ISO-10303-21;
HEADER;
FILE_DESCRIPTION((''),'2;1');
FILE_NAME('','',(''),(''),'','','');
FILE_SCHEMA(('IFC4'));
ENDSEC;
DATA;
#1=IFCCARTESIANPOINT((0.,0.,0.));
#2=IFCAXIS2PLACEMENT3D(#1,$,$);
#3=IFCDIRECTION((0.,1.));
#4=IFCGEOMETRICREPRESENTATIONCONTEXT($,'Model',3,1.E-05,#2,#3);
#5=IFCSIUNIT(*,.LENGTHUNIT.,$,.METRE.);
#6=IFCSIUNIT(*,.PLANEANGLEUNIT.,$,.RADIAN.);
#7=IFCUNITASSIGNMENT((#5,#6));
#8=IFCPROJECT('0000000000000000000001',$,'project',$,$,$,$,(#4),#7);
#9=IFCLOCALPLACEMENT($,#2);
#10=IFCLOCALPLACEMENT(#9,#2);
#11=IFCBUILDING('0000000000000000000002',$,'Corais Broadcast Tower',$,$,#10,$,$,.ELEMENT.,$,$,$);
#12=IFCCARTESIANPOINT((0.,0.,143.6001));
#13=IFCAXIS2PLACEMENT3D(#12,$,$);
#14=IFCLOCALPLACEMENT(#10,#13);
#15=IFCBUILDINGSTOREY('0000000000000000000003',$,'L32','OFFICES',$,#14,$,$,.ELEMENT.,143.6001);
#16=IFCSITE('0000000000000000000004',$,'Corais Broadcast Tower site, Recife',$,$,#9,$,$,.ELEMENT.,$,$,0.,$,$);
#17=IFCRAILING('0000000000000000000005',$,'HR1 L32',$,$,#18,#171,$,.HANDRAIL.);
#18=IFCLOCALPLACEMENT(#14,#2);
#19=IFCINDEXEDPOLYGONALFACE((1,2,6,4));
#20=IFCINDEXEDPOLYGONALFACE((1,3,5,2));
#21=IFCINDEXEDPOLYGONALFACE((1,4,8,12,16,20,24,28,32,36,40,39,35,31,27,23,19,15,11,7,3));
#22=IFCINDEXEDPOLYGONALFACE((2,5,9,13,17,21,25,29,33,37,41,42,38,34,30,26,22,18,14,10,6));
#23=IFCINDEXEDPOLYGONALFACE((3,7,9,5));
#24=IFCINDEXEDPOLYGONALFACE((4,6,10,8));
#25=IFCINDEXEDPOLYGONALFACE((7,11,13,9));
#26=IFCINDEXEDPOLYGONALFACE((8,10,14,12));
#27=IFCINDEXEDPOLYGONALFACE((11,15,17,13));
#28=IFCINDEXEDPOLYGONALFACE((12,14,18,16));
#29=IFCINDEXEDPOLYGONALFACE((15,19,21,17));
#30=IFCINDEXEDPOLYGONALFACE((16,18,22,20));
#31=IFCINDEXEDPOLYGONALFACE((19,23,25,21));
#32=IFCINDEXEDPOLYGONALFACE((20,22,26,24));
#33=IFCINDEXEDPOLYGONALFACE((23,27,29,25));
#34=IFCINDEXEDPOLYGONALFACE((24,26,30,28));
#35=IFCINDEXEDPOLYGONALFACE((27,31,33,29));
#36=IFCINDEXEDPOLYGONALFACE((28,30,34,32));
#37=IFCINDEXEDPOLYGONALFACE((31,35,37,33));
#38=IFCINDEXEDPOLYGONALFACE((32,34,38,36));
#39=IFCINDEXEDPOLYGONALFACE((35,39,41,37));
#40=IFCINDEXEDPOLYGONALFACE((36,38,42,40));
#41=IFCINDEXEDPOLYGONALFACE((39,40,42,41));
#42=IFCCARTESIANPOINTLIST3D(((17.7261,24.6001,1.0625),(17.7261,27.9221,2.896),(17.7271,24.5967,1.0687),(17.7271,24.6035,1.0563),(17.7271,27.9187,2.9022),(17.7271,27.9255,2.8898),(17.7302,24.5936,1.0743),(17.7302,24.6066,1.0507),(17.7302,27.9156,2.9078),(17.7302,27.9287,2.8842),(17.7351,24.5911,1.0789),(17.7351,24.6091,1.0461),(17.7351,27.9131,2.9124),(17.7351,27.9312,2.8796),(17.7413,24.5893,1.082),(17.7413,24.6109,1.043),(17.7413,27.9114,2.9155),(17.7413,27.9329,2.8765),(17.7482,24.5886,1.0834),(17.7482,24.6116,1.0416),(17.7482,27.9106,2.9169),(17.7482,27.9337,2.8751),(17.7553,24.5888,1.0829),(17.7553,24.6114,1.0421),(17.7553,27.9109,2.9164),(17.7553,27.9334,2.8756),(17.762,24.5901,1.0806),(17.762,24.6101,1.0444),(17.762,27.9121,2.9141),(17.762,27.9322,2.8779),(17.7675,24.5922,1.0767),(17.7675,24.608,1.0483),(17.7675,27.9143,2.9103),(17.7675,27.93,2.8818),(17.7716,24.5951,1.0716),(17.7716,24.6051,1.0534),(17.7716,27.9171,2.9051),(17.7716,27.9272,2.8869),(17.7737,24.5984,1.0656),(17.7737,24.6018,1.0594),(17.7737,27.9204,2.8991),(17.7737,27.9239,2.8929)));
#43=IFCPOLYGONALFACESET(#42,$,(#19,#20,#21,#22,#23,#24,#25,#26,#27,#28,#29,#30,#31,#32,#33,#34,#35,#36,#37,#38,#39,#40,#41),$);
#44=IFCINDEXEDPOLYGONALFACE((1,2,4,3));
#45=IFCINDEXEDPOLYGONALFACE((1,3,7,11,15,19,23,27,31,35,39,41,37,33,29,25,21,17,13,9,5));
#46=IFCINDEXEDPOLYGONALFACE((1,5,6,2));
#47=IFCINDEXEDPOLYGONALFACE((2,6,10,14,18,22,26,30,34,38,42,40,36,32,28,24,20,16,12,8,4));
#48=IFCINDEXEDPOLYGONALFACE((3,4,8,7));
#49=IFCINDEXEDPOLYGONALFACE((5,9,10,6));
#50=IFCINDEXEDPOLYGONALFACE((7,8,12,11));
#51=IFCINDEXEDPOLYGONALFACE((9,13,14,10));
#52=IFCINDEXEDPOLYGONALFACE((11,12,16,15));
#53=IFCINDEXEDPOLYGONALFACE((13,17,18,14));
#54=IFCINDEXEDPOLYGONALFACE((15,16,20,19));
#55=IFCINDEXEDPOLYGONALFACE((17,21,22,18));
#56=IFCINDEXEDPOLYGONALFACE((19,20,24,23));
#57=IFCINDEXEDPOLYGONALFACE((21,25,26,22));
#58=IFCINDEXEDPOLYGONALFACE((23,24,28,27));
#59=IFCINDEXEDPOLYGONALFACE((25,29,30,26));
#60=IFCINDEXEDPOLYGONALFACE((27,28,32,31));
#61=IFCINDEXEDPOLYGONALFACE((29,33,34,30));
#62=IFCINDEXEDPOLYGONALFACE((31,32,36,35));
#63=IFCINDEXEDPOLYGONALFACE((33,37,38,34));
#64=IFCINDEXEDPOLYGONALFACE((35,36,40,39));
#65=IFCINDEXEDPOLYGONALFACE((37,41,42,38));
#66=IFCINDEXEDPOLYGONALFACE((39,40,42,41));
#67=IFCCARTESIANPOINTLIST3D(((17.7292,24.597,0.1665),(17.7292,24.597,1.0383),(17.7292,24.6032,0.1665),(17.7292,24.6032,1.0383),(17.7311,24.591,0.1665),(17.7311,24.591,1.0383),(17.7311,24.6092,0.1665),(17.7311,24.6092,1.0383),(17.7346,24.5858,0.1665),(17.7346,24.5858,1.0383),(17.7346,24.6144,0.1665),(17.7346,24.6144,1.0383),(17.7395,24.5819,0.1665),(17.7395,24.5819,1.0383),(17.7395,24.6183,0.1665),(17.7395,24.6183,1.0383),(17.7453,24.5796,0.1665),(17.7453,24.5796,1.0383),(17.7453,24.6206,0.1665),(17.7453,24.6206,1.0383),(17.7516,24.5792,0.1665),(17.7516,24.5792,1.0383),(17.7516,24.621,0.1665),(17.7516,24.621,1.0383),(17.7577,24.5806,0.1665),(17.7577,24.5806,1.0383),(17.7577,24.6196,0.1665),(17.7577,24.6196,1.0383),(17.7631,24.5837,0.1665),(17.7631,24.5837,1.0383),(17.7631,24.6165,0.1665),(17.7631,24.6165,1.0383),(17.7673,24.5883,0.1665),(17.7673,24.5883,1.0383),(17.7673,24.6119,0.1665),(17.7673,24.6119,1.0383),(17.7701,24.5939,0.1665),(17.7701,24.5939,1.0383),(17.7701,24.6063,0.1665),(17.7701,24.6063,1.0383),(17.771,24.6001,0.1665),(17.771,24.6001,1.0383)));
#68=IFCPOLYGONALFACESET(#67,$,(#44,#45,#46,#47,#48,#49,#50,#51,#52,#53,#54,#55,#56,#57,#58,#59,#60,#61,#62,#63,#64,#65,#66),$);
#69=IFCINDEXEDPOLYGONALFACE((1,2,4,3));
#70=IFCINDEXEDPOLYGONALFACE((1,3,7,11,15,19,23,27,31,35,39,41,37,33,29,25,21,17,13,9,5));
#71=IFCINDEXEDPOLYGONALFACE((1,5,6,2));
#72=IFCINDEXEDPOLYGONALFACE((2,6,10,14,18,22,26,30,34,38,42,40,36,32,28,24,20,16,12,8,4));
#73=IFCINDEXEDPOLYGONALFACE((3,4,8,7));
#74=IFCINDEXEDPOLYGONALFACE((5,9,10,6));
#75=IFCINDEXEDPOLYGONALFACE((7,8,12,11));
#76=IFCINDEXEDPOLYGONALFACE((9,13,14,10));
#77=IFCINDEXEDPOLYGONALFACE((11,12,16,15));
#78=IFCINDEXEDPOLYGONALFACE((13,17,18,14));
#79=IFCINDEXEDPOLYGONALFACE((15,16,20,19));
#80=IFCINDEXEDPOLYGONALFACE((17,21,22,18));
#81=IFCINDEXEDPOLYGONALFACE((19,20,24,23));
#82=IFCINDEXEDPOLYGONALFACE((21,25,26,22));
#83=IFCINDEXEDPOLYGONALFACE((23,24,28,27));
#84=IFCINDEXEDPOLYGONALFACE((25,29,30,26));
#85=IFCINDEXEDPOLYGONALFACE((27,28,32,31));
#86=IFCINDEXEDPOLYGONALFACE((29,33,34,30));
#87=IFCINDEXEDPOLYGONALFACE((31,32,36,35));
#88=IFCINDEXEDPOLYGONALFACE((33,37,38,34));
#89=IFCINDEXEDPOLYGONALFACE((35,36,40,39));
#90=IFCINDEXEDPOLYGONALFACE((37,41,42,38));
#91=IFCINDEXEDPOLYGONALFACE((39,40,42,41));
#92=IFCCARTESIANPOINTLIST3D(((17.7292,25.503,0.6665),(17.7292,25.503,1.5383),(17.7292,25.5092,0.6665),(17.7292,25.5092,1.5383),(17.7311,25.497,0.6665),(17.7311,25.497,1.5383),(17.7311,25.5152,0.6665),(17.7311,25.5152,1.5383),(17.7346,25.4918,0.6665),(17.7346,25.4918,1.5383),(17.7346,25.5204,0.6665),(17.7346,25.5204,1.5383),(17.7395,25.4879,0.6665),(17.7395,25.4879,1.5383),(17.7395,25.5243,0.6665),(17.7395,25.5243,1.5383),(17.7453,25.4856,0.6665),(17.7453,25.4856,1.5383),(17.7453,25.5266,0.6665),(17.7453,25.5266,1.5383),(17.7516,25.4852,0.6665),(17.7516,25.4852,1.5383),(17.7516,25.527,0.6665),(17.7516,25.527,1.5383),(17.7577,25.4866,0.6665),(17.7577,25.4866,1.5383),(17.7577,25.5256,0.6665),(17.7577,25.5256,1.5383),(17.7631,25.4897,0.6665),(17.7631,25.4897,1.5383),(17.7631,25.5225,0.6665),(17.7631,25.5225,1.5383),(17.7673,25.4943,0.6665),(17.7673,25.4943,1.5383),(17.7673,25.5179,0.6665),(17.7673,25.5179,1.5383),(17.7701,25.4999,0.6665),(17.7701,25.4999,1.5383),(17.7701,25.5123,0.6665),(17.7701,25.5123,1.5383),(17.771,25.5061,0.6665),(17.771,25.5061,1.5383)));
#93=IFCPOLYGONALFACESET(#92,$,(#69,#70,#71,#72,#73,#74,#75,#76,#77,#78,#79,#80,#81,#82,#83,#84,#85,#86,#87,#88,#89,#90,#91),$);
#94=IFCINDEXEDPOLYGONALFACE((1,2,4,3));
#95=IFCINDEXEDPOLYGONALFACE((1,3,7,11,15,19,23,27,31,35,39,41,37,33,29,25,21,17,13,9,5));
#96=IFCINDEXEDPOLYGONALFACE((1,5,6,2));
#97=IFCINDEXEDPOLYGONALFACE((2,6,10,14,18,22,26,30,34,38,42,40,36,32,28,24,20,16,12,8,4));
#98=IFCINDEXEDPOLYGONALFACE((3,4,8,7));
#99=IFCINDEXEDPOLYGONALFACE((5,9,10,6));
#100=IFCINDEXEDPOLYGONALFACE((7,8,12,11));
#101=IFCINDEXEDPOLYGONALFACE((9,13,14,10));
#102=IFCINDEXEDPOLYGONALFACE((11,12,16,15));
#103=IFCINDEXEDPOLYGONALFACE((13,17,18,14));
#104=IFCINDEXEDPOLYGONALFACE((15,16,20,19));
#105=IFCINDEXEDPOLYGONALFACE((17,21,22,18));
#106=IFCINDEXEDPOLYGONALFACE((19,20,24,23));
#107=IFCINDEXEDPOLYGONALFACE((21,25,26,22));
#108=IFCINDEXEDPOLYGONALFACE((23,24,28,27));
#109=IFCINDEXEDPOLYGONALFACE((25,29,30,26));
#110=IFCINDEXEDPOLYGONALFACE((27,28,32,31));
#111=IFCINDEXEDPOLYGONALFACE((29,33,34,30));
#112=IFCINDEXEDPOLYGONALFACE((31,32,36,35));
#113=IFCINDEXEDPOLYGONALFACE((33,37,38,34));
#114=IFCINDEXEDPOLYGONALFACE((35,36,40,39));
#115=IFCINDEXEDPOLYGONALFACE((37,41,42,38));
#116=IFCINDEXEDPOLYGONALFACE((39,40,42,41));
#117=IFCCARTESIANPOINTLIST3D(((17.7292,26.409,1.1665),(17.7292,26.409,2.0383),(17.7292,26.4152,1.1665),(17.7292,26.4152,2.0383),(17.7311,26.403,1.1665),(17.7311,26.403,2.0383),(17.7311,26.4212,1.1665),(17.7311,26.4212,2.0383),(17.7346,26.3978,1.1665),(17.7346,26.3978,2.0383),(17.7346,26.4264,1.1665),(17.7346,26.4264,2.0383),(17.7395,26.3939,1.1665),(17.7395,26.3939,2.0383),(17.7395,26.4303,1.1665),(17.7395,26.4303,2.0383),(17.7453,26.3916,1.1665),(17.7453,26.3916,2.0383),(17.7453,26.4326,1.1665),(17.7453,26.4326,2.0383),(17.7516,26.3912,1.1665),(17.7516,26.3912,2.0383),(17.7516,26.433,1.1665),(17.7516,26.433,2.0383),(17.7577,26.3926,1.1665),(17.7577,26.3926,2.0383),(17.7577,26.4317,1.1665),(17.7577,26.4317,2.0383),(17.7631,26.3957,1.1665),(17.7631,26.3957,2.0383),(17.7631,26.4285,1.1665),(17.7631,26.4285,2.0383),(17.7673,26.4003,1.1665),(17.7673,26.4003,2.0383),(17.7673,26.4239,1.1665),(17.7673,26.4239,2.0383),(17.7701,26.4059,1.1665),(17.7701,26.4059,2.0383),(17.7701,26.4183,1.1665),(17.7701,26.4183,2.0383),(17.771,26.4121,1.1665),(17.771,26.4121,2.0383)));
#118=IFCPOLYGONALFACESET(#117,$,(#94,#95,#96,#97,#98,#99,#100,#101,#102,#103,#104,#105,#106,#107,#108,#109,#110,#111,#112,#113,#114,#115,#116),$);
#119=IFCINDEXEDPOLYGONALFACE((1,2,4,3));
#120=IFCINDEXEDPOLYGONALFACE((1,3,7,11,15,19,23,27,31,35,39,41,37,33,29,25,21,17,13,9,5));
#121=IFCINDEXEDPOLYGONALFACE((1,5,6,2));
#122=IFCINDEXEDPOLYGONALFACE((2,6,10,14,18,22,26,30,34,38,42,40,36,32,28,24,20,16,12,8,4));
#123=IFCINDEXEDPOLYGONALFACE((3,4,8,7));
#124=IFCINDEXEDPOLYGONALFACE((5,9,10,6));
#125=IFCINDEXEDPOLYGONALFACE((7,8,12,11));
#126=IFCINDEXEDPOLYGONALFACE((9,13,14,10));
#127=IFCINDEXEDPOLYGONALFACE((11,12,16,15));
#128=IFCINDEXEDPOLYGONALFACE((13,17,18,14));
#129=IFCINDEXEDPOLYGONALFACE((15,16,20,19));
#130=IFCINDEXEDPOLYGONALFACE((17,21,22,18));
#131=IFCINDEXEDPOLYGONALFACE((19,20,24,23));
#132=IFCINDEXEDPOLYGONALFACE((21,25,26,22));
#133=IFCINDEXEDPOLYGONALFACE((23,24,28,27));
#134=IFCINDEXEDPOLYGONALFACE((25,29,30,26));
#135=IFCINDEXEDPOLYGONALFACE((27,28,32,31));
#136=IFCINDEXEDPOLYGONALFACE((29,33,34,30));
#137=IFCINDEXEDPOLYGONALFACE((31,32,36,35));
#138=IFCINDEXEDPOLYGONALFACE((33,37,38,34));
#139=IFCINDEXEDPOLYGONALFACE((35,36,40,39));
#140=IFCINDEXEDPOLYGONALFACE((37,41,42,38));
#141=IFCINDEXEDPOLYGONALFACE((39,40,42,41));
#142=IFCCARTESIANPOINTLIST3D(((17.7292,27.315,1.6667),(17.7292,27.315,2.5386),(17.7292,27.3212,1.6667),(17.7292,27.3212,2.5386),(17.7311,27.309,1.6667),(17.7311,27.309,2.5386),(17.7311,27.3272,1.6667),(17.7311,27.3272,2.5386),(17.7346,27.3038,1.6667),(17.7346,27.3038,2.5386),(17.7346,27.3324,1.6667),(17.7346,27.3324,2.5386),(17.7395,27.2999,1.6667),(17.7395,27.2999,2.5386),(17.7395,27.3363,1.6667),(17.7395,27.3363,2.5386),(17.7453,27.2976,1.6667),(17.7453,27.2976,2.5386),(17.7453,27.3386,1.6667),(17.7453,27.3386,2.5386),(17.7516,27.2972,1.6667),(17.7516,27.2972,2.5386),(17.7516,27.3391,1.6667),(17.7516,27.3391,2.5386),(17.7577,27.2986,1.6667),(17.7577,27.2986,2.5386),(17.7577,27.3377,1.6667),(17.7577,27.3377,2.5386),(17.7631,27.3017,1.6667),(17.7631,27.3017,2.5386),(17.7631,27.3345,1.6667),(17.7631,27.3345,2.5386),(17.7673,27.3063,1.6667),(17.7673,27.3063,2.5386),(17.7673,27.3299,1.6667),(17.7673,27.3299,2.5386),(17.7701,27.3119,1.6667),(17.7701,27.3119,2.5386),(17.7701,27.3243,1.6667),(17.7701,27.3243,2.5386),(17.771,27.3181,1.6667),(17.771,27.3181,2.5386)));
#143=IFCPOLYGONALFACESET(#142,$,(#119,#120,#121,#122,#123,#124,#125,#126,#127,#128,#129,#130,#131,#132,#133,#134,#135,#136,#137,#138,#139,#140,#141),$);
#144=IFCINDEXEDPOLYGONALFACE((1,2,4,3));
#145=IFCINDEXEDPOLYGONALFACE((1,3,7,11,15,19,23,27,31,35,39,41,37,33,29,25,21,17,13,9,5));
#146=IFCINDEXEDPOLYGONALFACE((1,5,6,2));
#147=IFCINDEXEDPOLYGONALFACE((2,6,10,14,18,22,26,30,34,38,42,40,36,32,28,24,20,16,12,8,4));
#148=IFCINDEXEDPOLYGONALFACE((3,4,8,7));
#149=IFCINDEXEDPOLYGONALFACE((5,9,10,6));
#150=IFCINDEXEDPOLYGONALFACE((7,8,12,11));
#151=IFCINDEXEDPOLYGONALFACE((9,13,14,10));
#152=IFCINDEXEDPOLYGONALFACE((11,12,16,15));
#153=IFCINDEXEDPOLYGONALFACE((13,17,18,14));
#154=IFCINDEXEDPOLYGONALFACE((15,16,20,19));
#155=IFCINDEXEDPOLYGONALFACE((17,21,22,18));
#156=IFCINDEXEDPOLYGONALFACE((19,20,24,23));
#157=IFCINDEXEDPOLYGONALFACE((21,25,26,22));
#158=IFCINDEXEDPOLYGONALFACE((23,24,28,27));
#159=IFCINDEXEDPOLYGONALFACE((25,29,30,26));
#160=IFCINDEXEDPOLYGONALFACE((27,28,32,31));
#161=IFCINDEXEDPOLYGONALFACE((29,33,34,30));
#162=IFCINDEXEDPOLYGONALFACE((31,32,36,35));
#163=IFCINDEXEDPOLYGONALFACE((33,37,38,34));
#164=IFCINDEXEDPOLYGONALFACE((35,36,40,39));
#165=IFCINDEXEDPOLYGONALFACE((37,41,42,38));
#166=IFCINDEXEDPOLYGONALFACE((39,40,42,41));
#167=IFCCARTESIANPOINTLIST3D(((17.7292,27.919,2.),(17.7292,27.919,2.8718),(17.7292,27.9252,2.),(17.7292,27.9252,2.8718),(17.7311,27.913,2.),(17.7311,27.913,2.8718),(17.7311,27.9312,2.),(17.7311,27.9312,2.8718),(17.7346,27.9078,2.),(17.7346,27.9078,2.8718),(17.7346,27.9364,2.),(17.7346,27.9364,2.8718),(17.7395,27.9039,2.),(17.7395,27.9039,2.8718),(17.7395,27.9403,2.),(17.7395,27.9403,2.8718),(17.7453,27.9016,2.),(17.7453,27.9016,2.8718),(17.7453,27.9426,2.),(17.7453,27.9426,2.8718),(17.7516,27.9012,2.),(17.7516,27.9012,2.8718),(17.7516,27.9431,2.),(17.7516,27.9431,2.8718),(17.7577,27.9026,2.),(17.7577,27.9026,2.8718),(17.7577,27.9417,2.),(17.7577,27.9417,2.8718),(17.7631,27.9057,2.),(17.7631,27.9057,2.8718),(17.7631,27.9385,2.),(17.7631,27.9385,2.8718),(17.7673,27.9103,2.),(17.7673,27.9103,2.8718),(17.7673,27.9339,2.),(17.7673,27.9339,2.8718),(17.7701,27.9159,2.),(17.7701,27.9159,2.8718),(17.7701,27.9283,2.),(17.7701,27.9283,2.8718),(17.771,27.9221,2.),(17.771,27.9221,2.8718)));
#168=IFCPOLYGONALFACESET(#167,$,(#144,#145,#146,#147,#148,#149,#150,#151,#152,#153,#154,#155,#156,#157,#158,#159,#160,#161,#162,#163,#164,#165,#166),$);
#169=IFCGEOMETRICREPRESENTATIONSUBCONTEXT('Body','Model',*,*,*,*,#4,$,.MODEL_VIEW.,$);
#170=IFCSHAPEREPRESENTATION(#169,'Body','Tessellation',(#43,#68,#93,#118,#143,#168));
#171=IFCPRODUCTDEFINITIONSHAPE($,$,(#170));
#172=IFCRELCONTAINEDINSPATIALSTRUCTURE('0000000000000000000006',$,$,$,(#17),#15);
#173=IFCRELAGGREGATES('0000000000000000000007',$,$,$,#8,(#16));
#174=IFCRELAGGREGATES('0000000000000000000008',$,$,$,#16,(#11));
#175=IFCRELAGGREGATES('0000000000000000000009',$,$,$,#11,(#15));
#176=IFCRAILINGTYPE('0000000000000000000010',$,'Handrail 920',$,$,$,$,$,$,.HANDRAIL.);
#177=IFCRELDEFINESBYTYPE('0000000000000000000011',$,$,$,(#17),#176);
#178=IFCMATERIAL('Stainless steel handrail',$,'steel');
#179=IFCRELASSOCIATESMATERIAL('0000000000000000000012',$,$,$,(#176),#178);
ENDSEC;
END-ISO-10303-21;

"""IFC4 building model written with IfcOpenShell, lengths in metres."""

from ifc_helpers import new_model, si_unit, direction, frame, origin, origin_2d, place, context, subcontext, project, spatial, circle, extrude, material, type_object, element, save


model = new_model("IFC4")

# Units and contexts
model_context = context("Model", 3, precision=1e-05, world=origin(), true_north=direction((0.0, 1.0)))
body_context = subcontext(model_context, "Body", "Model", "MODEL_VIEW")
ifc_project = project(units=[si_unit("LENGTHUNIT", "METRE"), si_unit("PLANEANGLEUNIT", "RADIAN")], contexts=[model_context])

# Site, building, storey
site_placement = place(None, origin())
site = spatial("IfcSite", under=ifc_project, at=site_placement, Name="Corais Broadcast Tower site, Recife", CompositionType="ELEMENT", RefElevation=0.0)
building_placement = place(site_placement, origin())
building = spatial("IfcBuilding", under=site, at=building_placement, Name="Corais Broadcast Tower", CompositionType="ELEMENT")
storey_placement = place(building_placement, frame((0.0, 0.0, 143.6001)))
storey = spatial("IfcBuildingStorey", under=building, at=storey_placement, Name="L32", Description="OFFICES", CompositionType="ELEMENT", Elevation=143.6001)

# Railing
ifc_material_1 = material(Name="Stainless steel handrail", Category="steel")
railing_type = type_object("IfcRailingType", Name="Handrail 920", PredefinedType="HANDRAIL", material=ifc_material_1)
for number, where, name in (
    (1, (17.75, 24.6001, 0.1665), "HR1 L32"),
):
    element("IfcRailing", number, at=place(storey_placement, frame(where)), inside=storey, type_object=railing_type, Name=name, PredefinedType="HANDRAIL", context=body_context, shape_type="SweptSolid", body=[
        extrude(circle(Radius=0.0239, at=origin_2d()), frame((0.0, 0.0, 0.896), z_axis=(0.0, 0.875504, 0.48321), x_axis=(-1.0, 0.0, 0.0)), (0.0, 0.0, 1.0), 3.7944),
        extrude(circle(Radius=0.021, at=origin_2d()), origin(), (0.0, 0.0, 1.0), 0.8718),
        extrude(circle(Radius=0.021, at=origin_2d()), frame((0.0, 0.906, 0.5)), (0.0, 0.0, 1.0), 0.8718),
        extrude(circle(Radius=0.021, at=origin_2d()), frame((0.0, 1.812, 1.0)), (0.0, 0.0, 1.0), 0.8718),
        extrude(circle(Radius=0.021, at=origin_2d()), frame((0.0, 2.718, 1.5002)), (0.0, 0.0, 1.0), 0.8718),
        extrude(circle(Radius=0.021, at=origin_2d()), frame((0.0, 3.322, 1.8335)), (0.0, 0.0, 1.0), 0.8718),
    ])

save(model, "model.ifc")
